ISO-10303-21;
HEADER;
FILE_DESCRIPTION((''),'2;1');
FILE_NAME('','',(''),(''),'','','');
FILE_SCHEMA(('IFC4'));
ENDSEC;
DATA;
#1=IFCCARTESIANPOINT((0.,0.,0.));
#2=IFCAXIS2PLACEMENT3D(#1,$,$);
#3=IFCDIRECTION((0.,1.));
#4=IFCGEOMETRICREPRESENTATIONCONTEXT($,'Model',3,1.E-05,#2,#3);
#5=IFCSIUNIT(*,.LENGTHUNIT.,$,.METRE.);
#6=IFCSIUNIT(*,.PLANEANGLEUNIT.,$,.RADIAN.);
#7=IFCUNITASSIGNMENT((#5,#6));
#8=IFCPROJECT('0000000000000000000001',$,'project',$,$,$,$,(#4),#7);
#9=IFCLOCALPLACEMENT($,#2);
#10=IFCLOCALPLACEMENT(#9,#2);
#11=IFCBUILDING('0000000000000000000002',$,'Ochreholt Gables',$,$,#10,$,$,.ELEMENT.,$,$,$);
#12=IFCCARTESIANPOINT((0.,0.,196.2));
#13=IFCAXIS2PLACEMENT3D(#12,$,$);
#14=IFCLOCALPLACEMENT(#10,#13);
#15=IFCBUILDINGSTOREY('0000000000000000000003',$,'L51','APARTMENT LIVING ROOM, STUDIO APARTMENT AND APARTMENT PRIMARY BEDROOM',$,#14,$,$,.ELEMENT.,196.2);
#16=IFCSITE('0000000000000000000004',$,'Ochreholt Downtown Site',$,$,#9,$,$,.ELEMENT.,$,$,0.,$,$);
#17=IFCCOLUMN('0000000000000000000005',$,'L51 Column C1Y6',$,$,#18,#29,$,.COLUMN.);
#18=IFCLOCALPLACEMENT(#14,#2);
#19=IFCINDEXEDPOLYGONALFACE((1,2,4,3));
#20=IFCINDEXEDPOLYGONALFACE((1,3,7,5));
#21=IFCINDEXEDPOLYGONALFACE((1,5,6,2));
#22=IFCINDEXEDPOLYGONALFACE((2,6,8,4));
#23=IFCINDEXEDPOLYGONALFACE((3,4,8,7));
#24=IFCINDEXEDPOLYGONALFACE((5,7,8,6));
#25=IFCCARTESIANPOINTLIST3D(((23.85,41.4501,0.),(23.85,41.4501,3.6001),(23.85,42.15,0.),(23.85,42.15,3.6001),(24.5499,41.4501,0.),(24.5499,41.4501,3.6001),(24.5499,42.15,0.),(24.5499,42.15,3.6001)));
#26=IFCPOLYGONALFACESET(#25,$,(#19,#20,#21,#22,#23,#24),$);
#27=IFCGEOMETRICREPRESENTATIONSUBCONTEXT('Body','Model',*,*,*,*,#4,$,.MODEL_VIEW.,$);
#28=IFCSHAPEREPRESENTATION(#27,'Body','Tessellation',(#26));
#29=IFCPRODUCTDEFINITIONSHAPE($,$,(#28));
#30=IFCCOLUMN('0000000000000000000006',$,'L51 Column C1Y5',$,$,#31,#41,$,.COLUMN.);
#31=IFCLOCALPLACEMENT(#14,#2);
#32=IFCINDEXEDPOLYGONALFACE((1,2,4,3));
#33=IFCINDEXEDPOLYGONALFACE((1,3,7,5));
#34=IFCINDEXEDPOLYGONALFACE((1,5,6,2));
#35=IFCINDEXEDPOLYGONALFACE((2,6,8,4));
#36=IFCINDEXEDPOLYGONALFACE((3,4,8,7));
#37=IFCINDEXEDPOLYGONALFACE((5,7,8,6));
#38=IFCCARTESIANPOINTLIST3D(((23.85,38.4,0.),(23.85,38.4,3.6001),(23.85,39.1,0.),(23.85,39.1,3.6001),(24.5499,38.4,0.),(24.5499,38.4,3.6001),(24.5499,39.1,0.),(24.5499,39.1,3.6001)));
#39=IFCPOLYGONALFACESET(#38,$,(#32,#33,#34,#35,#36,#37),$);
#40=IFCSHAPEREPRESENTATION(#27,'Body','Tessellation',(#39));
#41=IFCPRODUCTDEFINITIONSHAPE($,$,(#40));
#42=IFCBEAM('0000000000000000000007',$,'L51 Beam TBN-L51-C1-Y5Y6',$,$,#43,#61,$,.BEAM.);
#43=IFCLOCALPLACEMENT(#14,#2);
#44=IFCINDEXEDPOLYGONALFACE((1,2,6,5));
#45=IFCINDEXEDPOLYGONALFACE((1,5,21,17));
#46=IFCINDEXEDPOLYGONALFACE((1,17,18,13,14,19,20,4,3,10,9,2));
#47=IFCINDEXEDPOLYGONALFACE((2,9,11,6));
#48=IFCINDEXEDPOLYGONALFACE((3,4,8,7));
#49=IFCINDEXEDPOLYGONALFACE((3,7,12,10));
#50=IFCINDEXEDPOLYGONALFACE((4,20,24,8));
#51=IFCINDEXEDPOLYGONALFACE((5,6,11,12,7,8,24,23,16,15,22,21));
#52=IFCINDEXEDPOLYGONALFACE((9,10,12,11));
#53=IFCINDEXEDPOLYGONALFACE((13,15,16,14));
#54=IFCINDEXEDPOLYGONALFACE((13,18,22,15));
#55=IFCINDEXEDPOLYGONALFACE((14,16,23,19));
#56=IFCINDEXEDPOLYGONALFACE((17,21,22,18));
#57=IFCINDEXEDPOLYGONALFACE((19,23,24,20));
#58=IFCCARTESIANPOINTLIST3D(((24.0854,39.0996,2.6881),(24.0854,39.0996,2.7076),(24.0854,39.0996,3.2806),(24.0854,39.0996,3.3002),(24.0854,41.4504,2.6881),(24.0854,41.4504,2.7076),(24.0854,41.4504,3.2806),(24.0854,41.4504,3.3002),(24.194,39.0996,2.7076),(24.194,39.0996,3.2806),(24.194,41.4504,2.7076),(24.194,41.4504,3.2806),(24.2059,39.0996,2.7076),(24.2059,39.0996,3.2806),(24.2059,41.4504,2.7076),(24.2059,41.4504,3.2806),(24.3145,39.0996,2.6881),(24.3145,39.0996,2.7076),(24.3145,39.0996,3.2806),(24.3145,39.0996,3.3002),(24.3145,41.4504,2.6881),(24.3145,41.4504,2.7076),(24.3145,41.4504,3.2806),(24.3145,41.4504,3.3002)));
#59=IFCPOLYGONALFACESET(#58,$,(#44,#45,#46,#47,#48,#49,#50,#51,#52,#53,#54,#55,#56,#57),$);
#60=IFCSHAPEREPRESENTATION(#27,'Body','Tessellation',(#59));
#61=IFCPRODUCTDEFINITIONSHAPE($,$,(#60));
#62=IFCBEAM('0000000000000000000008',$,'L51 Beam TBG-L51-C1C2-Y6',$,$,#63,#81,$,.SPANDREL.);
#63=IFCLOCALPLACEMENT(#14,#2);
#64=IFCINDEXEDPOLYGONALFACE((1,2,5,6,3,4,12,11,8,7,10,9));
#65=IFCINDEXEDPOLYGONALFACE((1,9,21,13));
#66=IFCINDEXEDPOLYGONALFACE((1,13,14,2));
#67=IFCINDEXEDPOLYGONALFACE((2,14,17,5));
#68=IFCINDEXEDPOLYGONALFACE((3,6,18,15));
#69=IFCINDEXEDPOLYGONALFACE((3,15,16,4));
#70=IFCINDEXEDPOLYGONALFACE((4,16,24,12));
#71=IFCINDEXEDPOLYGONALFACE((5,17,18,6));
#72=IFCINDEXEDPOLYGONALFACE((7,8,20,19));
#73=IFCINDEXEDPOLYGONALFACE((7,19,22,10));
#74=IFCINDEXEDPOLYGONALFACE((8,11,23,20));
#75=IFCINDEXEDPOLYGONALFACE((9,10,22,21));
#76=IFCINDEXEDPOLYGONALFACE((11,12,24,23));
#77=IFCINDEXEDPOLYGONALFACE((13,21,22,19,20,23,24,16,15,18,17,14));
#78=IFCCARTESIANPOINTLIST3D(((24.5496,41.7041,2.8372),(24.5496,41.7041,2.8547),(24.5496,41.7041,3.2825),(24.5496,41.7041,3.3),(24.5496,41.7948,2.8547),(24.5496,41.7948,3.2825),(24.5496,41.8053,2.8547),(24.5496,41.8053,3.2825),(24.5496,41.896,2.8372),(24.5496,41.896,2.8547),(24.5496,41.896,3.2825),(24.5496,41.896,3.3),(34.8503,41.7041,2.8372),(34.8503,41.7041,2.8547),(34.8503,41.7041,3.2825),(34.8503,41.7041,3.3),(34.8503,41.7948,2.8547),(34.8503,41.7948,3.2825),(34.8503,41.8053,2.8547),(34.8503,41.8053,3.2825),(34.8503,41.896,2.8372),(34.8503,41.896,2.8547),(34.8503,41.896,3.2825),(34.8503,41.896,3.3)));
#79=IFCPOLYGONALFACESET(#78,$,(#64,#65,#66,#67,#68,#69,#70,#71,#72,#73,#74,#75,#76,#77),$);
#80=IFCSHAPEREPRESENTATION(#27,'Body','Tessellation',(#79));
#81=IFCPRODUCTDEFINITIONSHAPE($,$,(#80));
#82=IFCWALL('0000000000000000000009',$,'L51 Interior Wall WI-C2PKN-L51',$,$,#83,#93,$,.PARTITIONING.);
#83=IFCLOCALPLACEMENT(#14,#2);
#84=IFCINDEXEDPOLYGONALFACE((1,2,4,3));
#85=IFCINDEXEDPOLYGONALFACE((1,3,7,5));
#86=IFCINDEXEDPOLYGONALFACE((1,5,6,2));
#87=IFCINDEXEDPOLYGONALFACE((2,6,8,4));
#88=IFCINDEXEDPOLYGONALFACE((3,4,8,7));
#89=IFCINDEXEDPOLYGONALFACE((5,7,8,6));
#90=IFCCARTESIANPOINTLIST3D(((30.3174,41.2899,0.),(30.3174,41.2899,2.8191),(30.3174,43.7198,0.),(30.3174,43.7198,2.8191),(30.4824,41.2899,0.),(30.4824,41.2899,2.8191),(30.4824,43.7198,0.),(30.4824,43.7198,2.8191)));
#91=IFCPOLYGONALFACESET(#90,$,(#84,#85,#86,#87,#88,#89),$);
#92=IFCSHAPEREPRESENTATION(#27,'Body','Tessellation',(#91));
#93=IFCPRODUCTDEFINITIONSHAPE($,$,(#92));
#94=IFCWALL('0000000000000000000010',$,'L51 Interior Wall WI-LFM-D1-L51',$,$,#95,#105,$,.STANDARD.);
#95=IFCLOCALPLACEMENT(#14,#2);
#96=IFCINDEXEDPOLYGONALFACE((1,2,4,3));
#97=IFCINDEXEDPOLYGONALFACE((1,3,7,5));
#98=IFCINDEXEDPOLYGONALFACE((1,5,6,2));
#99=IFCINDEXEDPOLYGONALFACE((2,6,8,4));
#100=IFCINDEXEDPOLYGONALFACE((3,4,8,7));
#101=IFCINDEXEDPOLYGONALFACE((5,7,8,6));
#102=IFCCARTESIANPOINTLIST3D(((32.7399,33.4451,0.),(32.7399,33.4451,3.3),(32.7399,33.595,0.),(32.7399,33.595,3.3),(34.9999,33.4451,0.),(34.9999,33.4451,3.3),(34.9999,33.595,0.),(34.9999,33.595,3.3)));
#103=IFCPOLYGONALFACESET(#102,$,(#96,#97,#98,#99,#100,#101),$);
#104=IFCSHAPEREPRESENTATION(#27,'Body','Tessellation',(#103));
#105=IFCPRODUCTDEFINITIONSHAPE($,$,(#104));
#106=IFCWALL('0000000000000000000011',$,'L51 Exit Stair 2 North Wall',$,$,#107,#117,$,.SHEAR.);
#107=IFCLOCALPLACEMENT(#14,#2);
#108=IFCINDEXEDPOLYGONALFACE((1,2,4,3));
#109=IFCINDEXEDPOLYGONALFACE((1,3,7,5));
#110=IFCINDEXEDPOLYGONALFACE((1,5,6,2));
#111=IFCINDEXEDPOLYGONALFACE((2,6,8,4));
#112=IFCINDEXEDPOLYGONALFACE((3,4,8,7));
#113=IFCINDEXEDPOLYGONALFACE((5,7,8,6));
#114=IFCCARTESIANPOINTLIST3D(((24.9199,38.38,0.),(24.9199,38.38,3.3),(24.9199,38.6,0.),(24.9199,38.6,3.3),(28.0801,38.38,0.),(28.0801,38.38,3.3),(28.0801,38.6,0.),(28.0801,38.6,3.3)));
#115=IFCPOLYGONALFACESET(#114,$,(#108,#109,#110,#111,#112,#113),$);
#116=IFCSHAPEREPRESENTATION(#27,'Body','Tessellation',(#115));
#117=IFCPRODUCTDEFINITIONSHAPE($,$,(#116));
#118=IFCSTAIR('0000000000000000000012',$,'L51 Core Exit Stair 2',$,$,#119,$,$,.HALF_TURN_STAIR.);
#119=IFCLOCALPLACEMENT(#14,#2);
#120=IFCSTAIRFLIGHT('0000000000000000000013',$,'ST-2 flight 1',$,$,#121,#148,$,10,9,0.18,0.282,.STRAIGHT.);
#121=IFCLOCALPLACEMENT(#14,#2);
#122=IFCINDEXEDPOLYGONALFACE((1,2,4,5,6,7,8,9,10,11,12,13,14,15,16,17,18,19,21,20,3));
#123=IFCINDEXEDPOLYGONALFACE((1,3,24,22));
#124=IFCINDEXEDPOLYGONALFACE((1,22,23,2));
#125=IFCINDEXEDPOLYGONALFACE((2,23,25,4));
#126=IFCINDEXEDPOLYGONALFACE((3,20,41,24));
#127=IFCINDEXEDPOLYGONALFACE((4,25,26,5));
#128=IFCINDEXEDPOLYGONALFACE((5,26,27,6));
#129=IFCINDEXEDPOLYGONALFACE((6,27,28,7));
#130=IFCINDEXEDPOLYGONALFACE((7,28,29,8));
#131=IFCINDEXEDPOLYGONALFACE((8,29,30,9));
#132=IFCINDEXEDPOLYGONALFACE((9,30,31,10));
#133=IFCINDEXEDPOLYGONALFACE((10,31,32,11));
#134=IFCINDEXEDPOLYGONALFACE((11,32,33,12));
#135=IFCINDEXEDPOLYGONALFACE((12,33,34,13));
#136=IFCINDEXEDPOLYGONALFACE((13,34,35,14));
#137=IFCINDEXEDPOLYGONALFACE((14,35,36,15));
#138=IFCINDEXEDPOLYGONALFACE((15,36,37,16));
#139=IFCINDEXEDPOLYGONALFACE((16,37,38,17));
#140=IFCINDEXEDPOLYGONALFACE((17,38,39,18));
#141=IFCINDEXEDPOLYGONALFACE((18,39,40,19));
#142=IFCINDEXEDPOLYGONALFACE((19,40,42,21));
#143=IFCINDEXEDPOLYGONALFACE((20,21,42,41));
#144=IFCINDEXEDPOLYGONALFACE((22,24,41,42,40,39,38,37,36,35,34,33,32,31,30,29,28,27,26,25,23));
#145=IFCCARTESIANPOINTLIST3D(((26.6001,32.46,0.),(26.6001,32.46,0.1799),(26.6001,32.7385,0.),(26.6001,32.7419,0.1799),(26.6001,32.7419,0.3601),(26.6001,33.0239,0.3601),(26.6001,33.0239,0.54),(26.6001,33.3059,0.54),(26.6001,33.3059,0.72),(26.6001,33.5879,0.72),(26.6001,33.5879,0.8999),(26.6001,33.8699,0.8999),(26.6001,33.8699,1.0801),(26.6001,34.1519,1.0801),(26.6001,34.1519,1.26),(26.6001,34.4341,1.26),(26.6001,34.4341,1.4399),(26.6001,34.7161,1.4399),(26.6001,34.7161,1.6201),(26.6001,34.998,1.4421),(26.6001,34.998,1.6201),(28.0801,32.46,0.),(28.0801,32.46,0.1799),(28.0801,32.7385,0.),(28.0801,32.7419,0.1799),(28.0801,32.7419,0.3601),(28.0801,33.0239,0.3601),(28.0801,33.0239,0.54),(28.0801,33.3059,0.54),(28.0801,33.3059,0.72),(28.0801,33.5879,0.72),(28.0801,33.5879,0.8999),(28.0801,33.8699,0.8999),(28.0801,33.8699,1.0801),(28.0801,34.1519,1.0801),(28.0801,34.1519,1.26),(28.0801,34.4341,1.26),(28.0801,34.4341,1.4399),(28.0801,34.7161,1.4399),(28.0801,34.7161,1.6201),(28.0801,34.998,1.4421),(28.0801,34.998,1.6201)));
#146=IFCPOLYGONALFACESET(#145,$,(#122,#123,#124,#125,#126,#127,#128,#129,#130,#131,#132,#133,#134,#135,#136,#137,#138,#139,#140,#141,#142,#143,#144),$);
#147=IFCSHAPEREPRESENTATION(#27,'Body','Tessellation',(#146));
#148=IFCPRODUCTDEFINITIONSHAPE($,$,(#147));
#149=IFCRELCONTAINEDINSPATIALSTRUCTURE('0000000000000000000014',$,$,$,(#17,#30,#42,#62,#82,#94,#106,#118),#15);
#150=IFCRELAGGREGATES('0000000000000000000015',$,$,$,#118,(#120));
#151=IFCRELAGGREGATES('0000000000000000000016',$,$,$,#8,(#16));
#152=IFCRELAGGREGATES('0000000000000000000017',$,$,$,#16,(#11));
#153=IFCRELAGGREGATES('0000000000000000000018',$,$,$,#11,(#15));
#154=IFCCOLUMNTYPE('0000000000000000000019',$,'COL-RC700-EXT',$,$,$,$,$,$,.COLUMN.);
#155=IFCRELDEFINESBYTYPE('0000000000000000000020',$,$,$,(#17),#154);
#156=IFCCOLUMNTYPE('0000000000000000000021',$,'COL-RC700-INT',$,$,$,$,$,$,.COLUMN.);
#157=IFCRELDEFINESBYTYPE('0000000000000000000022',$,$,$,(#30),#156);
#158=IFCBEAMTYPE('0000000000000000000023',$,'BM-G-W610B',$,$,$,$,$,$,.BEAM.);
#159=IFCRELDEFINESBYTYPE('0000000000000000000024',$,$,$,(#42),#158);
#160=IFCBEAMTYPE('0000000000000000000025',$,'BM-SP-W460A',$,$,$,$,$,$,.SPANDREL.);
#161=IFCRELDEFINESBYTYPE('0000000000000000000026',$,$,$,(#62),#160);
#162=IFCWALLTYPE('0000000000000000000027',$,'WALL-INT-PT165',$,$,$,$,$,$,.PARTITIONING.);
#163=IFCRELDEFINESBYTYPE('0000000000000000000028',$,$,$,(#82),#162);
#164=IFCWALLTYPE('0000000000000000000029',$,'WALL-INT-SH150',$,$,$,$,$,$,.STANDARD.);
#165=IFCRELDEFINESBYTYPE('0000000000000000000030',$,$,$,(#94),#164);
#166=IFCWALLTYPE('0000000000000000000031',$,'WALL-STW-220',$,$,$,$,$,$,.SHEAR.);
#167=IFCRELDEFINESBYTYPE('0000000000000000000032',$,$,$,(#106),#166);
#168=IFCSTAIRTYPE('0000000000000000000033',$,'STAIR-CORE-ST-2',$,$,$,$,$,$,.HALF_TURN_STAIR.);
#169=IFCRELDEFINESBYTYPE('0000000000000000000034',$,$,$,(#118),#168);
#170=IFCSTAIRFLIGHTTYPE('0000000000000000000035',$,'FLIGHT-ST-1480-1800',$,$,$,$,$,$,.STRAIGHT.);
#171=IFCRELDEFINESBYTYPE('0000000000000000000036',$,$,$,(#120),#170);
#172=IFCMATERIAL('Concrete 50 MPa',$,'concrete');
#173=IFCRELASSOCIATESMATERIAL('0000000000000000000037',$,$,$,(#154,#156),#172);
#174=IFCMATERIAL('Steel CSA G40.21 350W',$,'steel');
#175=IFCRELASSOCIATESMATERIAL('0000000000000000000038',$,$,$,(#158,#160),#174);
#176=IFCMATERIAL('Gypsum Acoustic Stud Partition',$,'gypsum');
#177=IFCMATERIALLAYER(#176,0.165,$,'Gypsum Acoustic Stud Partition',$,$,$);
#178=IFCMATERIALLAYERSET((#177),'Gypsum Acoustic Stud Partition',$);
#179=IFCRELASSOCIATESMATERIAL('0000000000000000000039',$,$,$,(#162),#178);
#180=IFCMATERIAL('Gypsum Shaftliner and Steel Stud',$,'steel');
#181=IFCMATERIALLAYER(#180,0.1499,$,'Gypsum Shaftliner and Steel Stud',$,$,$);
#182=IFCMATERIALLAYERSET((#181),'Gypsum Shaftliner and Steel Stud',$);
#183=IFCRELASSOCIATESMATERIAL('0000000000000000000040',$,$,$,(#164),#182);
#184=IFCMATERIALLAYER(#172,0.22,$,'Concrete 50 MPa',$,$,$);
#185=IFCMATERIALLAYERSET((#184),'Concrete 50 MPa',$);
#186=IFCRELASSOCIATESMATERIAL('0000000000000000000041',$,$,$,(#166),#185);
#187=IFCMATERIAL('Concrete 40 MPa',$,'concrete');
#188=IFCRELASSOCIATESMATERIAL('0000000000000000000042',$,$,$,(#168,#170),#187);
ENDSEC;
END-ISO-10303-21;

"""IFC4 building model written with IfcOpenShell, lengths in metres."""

from ifc_helpers import new_model, si_unit, direction, frame, frame_2d, origin, origin_2d, place, context, subcontext, project, spatial, polyline, rectangle, i_section, outline, extrude, material, layer, layer_set, material_profile, profile_set, type_object, element, aggregate, save


model = new_model("IFC4")

# Units and contexts
model_context = context("Model", 3, precision=1e-05, world=origin(), true_north=direction((0.0, 1.0)))
body_context = subcontext(model_context, "Body", "Model", "MODEL_VIEW")
ifc_project = project(units=[si_unit("LENGTHUNIT", "METRE"), si_unit("PLANEANGLEUNIT", "RADIAN")], contexts=[model_context])

# Site, building, storey
site_placement = place(None, origin())
site = spatial("IfcSite", under=ifc_project, at=site_placement, Name="Ochreholt Downtown Site", CompositionType="ELEMENT", RefElevation=0.0)
building_placement = place(site_placement, origin())
building = spatial("IfcBuilding", under=site, at=building_placement, Name="Ochreholt Gables", CompositionType="ELEMENT")
storey_placement = place(building_placement, frame((0.0, 0.0, 196.2)))
storey = spatial("IfcBuildingStorey", under=building, at=storey_placement, Name="L51", Description="APARTMENT LIVING ROOM, STUDIO APARTMENT AND APARTMENT PRIMARY BEDROOM", CompositionType="ELEMENT", Elevation=196.2)

# Columns
ifc_material_1 = material(Name="Concrete 50 MPa", Category="concrete")
ifc_material_profile_1 = material_profile(ifc_material_1, rectangle(XDim=0.7, YDim=0.7, at=origin_2d()), Name="RC700X700")
ifc_profile_set_1 = profile_set([ifc_material_profile_1], Name="Concrete 50 MPa")
column_type_1 = type_object("IfcColumnType", Name="COL-RC700-EXT", PredefinedType="COLUMN", material=ifc_profile_set_1)
column_1_placement = place(storey_placement, frame((24.2, 41.8, 0.0), z_axis=(0.0, 0.0, 1.0), x_axis=(1.0, 0.0, 0.0)))
element("IfcColumn", 1, at=column_1_placement, inside=storey, type_object=column_type_1, Name="L51 Column C1Y6", PredefinedType="COLUMN", context=body_context, shape_type="SweptSolid", body=[
    extrude(rectangle(XDim=0.7, YDim=0.7, at=origin_2d()), origin(), (0.0, 0.0, 1.0), 3.6001),
])
ifc_material_profile_2 = material_profile(ifc_material_1, rectangle(XDim=0.7, YDim=0.7, at=origin_2d()), Name="RC700X700")
ifc_profile_set_2 = profile_set([ifc_material_profile_2], Name="Concrete 50 MPa")
column_type_2 = type_object("IfcColumnType", Name="COL-RC700-INT", PredefinedType="COLUMN", material=ifc_profile_set_2)
column_2_placement = place(storey_placement, frame((24.2, 38.75, 0.0), z_axis=(0.0, 0.0, 1.0), x_axis=(1.0, 0.0, 0.0)))
element("IfcColumn", 2, at=column_2_placement, inside=storey, type_object=column_type_2, Name="L51 Column C1Y5", PredefinedType="COLUMN", context=body_context, shape_type="SweptSolid", body=[
    extrude(rectangle(XDim=0.7, YDim=0.7, at=origin_2d()), origin(), (0.0, 0.0, 1.0), 3.6001),
])

# Beams
ifc_material_2 = material(Name="Steel CSA G40.21 350W", Category="steel")
ifc_material_profile_3 = material_profile(ifc_material_2, i_section(OverallWidth=0.229, OverallDepth=0.6121, WebThickness=0.012, FlangeThickness=0.0195, at=origin_2d()), Name="W610X125")
ifc_profile_set_3 = profile_set([ifc_material_profile_3], Name="Steel CSA G40.21 350W")
beam_type_1 = type_object("IfcBeamType", Name="BM-G-W610B", PredefinedType="BEAM", material=ifc_profile_set_3)
beam_1_placement = place(storey_placement, frame((24.2, 39.0996, 2.9941), z_axis=(0.0, 1.0, 0.0), x_axis=(-1.0, 0.0, 0.0)))
element("IfcBeam", 3, at=beam_1_placement, inside=storey, type_object=beam_type_1, Name="L51 Beam TBN-L51-C1-Y5Y6", PredefinedType="BEAM", context=body_context, shape_type="SweptSolid", body=[
    extrude(i_section(OverallWidth=0.229, OverallDepth=0.6121, WebThickness=0.012, FlangeThickness=0.0195, at=origin_2d()), origin(), (0.0, 0.0, 1.0), 2.3508),
])
ifc_material_profile_4 = material_profile(ifc_material_2, i_section(OverallWidth=0.1919, OverallDepth=0.4629, WebThickness=0.0105, FlangeThickness=0.0176, at=origin_2d()), Name="W460X89")
ifc_profile_set_4 = profile_set([ifc_material_profile_4], Name="Steel CSA G40.21 350W")
beam_type_2 = type_object("IfcBeamType", Name="BM-SP-W460A", PredefinedType="SPANDREL", material=ifc_profile_set_4)
beam_2_placement = place(storey_placement, frame((24.5496, 41.8, 3.0686), z_axis=(1.0, 0.0, 0.0), x_axis=(0.0, 1.0, 0.0)))
element("IfcBeam", 4, at=beam_2_placement, inside=storey, type_object=beam_type_2, Name="L51 Beam TBG-L51-C1C2-Y6", PredefinedType="SPANDREL", context=body_context, shape_type="SweptSolid", body=[
    extrude(i_section(OverallWidth=0.1919, OverallDepth=0.4629, WebThickness=0.0105, FlangeThickness=0.0176, at=origin_2d()), origin(), (0.0, 0.0, 1.0), 10.3008),
])

# Walls
ifc_material_3 = material(Name="Gypsum Acoustic Stud Partition", Category="gypsum")
ifc_layer_1 = layer(ifc_material_3, 0.165, Name="Gypsum Acoustic Stud Partition")
ifc_layer_set_1 = layer_set([ifc_layer_1], Name="Gypsum Acoustic Stud Partition")
wall_type_1 = type_object("IfcWallType", Name="WALL-INT-PT165", PredefinedType="PARTITIONING", material=ifc_layer_set_1)
wall_1_placement = place(storey_placement, frame((30.3999, 41.29, 0.0), z_axis=(0.0, 0.0, 1.0), x_axis=(0.0, 1.0, 0.0)))
element("IfcWall", 5, at=wall_1_placement, inside=storey, type_object=wall_type_1, Name="L51 Interior Wall WI-C2PKN-L51", PredefinedType="PARTITIONING", context=body_context, shape_type="SweptSolid", body=[
    extrude(rectangle(XDim=2.4299, YDim=0.165, at=frame_2d((1.2148, 0.0))), origin(), (0.0, 0.0, 1.0), 2.8191),
])
ifc_material_4 = material(Name="Gypsum Shaftliner and Steel Stud", Category="steel")
ifc_layer_2 = layer(ifc_material_4, 0.1499, Name="Gypsum Shaftliner and Steel Stud")
ifc_layer_set_2 = layer_set([ifc_layer_2], Name="Gypsum Shaftliner and Steel Stud")
wall_type_2 = type_object("IfcWallType", Name="WALL-INT-SH150", PredefinedType="STANDARD", material=ifc_layer_set_2)
wall_2_placement = place(storey_placement, frame((32.74, 33.52, 0.0), z_axis=(0.0, 0.0, 1.0), x_axis=(1.0, 0.0, 0.0)))
element("IfcWall", 6, at=wall_2_placement, inside=storey, type_object=wall_type_2, Name="L51 Interior Wall WI-LFM-D1-L51", PredefinedType="STANDARD", context=body_context, shape_type="SweptSolid", body=[
    extrude(rectangle(XDim=2.26, YDim=0.1499, at=frame_2d((1.1299, 0.0))), origin(), (0.0, 0.0, 1.0), 3.3),
])
ifc_layer_3 = layer(ifc_material_1, 0.22, Name="Concrete 50 MPa")
ifc_layer_set_3 = layer_set([ifc_layer_3], Name="Concrete 50 MPa")
wall_type_3 = type_object("IfcWallType", Name="WALL-STW-220", PredefinedType="SHEAR", material=ifc_layer_set_3)
wall_3_placement = place(storey_placement, frame((24.9199, 38.49, 0.0), z_axis=(0.0, 0.0, 1.0), x_axis=(1.0, 0.0, 0.0)))
element("IfcWall", 7, at=wall_3_placement, inside=storey, type_object=wall_type_3, Name="L51 Exit Stair 2 North Wall", PredefinedType="SHEAR", context=body_context, shape_type="SweptSolid", body=[
    extrude(rectangle(XDim=3.1602, YDim=0.22, at=frame_2d((1.5801, 0.0))), origin(), (0.0, 0.0, 1.0), 3.3),
])

# Stair, stair flight
ifc_material_5 = material(Name="Concrete 40 MPa", Category="concrete")
stair_type = type_object("IfcStairType", Name="STAIR-CORE-ST-2", PredefinedType="HALF_TURN_STAIR", material=ifc_material_5)
stair_placement = place(storey_placement, origin())
stair = element("IfcStair", 8, at=stair_placement, inside=storey, type_object=stair_type, Name="L51 Core Exit Stair 2", PredefinedType="HALF_TURN_STAIR")
stair_flight_type = type_object("IfcStairFlightType", Name="FLIGHT-ST-1480-1800", PredefinedType="STRAIGHT", material=ifc_material_5)
stair_flight_1_placement = place(storey_placement, frame((27.3401, 32.46, 0.0), z_axis=(0.0, 0.0, 1.0), x_axis=(0.0, 1.0, 0.0)))
stair_flight_1 = element("IfcStairFlight", 9, at=stair_flight_1_placement, type_object=stair_flight_type, Name="ST-2 flight 1", NumberOfRisers=10, NumberOfTreads=9, PredefinedType="STRAIGHT", RiserHeight=0.18, TreadLength=0.282, context=body_context, shape_type="SweptSolid", body=[
    extrude(outline(polyline([(0.0, 0.0), (0.0, 0.1799), (0.282, 0.1799), (0.282, 0.3601), (0.564, 0.3601), (0.564, 0.54), (0.8459, 0.54), (0.8459, 0.72), (1.1279, 0.72), (1.1279, 0.8999), (1.4099, 0.8999), (1.4099, 1.0801), (1.6919, 1.0801), (1.6919, 1.26), (1.9741, 1.26), (1.9741, 1.4399), (2.2561, 1.4399), (2.2561, 1.6201), (2.5381, 1.6201), (2.5381, 1.8), (2.5381, 1.4421), (0.2786, 0.0), (0.0, 0.0)])), frame((0.0, 0.74, 0.0), z_axis=(0.0, -1.0, 0.0), x_axis=(1.0, 0.0, 0.0)), (0.0, 0.0, 1.0), 1.48),
])
aggregate(stair, [stair_flight_1])

save(model, "model.ifc")
